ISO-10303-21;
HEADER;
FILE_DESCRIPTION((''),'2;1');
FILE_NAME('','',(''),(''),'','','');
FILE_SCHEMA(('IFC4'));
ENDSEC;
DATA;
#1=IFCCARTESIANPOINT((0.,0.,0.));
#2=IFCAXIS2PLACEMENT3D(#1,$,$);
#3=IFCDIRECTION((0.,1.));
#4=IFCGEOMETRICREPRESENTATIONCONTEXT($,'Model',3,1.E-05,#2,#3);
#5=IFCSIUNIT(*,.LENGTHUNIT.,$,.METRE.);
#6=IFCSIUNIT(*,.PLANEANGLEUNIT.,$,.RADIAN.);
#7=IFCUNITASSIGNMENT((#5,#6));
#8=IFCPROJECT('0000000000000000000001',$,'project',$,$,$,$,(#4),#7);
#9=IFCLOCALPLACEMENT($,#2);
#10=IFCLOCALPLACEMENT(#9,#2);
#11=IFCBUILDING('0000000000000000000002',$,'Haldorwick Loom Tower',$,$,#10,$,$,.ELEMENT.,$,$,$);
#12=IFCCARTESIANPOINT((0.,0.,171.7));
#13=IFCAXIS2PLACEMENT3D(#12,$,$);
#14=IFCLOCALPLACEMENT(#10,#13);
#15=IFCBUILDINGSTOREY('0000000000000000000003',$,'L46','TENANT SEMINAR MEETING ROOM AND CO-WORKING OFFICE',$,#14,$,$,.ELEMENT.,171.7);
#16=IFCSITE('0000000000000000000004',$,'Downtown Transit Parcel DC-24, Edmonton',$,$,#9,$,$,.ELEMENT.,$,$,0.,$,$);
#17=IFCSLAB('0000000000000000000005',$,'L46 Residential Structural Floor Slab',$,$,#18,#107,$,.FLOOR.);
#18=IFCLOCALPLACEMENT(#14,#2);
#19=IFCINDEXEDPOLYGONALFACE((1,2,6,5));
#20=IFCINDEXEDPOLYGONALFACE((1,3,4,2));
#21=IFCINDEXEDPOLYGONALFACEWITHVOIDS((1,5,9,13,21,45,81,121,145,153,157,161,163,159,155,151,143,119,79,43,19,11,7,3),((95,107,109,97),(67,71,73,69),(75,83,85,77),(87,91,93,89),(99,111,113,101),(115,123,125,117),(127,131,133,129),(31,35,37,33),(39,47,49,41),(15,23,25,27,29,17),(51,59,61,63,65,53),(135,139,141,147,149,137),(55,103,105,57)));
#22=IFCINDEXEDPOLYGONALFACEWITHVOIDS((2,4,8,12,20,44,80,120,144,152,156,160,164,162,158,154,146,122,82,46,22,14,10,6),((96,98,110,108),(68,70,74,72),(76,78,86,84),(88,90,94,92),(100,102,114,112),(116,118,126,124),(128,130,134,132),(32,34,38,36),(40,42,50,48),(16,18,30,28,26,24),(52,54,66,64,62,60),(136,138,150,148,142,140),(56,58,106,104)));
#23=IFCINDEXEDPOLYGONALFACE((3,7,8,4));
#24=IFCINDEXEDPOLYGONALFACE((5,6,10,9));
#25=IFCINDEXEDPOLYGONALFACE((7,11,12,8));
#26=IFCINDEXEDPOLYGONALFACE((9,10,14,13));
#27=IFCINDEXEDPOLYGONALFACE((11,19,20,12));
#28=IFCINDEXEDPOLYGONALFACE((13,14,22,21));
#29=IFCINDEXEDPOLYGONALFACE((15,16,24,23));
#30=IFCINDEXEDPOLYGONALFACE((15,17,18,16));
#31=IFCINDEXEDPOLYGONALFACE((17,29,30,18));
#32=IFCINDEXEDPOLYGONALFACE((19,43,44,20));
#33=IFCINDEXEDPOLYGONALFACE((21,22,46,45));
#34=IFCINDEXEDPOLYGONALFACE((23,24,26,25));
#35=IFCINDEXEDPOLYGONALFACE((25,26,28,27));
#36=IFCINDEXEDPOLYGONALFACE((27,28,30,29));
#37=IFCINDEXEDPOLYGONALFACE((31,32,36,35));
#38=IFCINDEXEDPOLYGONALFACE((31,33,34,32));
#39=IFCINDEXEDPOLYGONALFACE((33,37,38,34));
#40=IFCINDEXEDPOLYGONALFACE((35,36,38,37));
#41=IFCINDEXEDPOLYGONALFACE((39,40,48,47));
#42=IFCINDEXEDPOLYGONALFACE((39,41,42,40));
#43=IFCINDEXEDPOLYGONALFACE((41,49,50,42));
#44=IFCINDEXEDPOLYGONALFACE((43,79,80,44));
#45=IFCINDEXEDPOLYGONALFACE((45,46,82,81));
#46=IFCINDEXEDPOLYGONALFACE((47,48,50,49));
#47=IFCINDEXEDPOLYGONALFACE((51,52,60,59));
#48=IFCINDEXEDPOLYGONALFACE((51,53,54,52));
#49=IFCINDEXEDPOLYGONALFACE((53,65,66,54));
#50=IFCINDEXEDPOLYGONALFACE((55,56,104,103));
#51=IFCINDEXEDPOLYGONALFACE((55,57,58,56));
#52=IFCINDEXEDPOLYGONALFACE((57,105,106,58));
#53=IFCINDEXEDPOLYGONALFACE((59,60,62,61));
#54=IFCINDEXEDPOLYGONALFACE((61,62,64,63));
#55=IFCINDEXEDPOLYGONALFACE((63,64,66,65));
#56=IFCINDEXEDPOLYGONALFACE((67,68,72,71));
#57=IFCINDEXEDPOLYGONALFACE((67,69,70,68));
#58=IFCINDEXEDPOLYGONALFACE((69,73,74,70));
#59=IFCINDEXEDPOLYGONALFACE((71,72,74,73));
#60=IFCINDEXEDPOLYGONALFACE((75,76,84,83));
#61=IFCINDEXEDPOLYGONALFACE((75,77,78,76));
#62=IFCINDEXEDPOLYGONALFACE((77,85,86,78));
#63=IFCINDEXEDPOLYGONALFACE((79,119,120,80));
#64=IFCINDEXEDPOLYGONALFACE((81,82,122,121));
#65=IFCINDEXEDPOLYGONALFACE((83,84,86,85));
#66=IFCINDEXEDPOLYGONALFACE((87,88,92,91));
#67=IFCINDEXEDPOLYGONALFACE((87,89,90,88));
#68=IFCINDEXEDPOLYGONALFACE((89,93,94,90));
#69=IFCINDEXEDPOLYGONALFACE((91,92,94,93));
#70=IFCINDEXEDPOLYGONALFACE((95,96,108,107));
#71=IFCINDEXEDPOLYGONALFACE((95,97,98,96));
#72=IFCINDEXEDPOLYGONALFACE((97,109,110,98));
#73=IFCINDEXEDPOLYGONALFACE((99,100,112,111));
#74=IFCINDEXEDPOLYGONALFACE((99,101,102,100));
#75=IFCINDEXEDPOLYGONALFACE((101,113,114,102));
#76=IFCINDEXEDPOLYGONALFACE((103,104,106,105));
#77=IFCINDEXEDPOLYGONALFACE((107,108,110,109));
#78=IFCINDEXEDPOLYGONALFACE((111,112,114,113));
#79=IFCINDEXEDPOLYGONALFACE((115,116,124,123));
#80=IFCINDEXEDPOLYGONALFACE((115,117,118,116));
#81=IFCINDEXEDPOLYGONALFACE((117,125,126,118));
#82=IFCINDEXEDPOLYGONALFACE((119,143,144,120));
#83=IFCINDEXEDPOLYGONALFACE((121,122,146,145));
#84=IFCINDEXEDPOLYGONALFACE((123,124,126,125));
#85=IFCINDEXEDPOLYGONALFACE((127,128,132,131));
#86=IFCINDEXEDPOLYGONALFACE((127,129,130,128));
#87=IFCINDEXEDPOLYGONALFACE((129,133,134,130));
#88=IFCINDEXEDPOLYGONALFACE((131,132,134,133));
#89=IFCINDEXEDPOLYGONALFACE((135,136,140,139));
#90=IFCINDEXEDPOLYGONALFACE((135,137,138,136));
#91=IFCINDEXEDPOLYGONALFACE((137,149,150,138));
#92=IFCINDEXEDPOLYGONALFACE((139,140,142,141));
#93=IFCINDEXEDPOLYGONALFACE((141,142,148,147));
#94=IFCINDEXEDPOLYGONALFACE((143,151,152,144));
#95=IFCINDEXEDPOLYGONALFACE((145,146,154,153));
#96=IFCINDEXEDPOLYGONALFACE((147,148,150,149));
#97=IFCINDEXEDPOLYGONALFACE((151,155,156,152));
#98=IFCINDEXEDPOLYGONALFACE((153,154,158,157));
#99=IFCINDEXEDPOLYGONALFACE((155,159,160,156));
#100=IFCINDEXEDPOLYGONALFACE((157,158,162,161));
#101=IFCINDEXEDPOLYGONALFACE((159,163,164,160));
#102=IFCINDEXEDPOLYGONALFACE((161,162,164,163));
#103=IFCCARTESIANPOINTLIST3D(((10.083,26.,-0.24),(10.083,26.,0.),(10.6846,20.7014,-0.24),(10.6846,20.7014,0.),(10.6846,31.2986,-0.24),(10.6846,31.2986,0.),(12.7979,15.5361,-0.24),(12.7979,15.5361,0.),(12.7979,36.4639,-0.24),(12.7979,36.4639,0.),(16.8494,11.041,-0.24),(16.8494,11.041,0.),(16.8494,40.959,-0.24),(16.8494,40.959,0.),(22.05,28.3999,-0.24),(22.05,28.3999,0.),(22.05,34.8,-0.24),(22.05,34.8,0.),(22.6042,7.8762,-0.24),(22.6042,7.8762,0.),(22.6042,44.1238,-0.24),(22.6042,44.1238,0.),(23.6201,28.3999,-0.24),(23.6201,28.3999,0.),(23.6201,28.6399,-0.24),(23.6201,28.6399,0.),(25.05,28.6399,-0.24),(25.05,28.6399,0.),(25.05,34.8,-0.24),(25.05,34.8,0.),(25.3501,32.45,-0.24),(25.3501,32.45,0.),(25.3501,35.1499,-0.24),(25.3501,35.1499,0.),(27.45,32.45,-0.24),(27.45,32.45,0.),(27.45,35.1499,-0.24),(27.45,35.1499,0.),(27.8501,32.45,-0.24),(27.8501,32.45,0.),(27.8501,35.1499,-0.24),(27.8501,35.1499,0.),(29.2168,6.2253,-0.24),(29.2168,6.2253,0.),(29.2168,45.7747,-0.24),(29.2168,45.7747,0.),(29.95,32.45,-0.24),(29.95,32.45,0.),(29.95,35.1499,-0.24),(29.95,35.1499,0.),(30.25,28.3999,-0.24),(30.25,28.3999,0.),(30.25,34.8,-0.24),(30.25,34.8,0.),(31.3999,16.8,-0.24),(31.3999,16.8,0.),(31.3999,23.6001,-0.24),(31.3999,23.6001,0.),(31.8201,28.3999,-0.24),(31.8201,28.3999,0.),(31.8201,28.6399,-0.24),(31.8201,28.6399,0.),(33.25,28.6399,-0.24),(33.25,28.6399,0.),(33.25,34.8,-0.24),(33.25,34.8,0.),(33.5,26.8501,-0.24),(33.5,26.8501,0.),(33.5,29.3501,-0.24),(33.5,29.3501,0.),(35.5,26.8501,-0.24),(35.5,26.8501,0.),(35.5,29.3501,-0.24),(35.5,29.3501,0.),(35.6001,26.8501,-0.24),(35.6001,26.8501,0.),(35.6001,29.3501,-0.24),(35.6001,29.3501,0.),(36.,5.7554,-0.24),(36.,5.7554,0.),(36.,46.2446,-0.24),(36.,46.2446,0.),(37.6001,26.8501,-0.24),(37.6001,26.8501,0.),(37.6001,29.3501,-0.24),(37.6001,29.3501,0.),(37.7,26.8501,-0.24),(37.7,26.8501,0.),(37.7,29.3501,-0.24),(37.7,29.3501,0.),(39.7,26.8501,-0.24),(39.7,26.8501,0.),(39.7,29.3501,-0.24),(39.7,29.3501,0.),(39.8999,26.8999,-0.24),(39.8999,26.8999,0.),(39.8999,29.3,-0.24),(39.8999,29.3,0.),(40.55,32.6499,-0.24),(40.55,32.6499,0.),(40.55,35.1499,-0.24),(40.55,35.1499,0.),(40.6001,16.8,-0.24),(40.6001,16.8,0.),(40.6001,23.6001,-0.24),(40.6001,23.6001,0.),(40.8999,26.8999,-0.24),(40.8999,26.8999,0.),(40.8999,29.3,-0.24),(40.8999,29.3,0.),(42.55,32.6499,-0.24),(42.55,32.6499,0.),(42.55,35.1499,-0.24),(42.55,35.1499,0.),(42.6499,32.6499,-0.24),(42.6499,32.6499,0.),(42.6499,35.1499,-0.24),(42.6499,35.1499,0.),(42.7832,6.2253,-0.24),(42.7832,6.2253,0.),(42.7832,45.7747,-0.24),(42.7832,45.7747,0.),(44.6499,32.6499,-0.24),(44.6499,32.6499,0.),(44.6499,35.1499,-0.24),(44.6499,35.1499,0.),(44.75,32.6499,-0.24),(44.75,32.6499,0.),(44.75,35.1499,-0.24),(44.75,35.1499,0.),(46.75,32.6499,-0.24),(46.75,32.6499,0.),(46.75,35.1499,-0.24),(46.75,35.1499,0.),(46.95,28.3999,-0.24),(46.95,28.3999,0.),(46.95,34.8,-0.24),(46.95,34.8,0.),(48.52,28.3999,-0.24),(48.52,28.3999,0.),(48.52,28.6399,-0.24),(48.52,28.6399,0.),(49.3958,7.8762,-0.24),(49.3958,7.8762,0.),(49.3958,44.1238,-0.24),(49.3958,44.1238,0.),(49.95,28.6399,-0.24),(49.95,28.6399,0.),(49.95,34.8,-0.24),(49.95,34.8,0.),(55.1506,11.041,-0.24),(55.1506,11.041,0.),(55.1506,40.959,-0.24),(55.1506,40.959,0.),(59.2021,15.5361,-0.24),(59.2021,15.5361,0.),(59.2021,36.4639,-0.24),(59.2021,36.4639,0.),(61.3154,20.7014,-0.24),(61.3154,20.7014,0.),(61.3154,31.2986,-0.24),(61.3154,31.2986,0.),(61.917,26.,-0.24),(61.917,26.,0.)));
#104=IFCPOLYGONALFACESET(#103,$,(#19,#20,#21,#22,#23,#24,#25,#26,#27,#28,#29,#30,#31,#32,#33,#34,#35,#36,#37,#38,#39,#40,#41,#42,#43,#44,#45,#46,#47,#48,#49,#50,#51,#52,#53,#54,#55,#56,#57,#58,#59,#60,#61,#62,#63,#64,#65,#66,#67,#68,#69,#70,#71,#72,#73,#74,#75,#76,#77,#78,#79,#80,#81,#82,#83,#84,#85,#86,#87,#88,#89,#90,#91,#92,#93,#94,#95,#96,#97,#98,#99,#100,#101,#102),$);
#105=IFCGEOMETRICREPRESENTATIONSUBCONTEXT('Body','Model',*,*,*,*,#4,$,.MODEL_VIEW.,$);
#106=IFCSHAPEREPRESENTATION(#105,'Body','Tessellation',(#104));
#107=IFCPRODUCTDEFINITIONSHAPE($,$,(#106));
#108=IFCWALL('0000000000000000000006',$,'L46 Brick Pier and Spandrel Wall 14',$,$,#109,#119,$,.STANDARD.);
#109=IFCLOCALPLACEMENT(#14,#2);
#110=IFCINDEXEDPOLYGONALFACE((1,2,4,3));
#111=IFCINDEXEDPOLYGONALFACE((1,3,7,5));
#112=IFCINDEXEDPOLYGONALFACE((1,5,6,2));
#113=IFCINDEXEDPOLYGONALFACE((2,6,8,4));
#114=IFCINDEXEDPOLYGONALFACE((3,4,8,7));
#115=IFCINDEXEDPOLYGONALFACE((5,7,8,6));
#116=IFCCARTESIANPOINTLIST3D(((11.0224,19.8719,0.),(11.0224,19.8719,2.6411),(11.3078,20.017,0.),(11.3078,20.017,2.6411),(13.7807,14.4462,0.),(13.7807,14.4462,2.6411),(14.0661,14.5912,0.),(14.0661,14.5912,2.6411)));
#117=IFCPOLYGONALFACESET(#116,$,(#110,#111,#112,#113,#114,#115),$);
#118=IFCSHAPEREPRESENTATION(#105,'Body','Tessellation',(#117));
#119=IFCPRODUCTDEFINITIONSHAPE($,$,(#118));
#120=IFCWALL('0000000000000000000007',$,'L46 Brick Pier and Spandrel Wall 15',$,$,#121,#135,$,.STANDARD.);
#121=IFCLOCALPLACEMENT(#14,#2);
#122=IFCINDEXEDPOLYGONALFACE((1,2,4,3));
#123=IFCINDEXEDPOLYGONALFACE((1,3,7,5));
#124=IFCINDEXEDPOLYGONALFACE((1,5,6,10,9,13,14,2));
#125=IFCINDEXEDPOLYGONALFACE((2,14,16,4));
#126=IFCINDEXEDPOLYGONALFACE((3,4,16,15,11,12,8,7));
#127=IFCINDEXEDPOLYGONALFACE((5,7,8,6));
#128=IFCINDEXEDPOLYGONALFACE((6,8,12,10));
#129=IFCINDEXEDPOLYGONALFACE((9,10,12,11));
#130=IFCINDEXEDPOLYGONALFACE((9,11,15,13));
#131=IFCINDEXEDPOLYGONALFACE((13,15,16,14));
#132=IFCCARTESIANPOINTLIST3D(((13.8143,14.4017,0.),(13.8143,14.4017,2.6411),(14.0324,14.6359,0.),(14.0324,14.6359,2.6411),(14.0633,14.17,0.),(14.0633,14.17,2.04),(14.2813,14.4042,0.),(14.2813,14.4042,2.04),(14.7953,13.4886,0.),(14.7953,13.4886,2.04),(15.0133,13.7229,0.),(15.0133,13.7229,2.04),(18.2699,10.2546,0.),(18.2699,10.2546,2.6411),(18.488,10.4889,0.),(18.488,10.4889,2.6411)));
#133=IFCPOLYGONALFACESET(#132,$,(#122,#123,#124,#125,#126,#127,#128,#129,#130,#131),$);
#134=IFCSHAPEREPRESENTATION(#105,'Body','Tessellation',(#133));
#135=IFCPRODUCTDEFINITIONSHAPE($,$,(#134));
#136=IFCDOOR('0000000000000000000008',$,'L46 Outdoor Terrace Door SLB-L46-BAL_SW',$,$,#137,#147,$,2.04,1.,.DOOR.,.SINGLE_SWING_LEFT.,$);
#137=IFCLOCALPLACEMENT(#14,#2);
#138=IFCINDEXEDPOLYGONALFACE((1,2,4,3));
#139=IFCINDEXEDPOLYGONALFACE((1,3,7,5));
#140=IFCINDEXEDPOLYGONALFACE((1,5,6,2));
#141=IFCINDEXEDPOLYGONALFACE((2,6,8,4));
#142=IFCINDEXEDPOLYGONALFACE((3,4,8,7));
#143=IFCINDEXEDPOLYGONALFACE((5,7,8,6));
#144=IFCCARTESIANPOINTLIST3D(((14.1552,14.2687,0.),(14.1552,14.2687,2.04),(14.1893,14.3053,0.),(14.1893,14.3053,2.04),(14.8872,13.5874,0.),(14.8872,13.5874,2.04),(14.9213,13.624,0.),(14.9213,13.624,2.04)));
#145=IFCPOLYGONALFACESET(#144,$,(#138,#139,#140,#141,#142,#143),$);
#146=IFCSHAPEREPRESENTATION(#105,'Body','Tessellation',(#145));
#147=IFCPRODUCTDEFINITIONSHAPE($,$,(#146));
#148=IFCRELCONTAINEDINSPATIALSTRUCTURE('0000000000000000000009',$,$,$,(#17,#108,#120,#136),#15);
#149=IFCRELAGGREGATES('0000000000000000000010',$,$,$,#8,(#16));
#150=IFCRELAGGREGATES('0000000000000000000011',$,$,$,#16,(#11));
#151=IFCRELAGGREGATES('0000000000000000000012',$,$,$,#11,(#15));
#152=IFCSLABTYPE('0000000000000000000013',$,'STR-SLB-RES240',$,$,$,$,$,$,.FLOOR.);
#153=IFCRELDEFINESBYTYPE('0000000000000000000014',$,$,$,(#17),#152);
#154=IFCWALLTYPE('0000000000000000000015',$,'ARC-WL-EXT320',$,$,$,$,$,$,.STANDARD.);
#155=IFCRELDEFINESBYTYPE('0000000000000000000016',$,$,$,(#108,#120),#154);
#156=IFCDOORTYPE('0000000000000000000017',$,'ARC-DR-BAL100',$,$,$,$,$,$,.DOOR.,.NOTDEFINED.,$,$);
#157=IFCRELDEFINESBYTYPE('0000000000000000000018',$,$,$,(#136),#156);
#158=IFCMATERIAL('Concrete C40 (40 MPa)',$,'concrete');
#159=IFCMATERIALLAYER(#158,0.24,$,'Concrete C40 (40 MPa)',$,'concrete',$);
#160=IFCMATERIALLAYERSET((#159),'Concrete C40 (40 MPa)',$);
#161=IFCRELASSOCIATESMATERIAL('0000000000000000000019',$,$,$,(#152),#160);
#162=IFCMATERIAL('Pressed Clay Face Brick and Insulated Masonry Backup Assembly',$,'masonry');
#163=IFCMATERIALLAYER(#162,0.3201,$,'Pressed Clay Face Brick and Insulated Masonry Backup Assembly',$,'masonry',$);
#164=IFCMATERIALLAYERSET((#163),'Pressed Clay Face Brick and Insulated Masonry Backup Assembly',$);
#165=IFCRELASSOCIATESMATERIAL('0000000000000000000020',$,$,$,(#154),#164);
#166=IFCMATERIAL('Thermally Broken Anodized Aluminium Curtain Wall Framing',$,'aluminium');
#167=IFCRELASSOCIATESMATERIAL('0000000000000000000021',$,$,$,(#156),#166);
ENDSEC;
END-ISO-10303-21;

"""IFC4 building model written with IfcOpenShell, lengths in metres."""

from ifc_helpers import new_model, si_unit, direction, frame, frame_2d, origin, place, context, subcontext, project, spatial, polyline, rectangle, outline, extrude, material, layer, layer_set, type_object, element, fill, save


model = new_model("IFC4")

# Units and contexts
model_context = context("Model", 3, precision=1e-05, world=origin(), true_north=direction((0.0, 1.0)))
body_context = subcontext(model_context, "Body", "Model", "MODEL_VIEW")
ifc_project = project(units=[si_unit("LENGTHUNIT", "METRE"), si_unit("PLANEANGLEUNIT", "RADIAN")], contexts=[model_context])

# Site, building, storey
site_placement = place(None, origin())
site = spatial("IfcSite", under=ifc_project, at=site_placement, Name="Downtown Transit Parcel DC-24, Edmonton", CompositionType="ELEMENT", RefElevation=0.0)
building_placement = place(site_placement, origin())
building = spatial("IfcBuilding", under=site, at=building_placement, Name="Haldorwick Loom Tower", CompositionType="ELEMENT")
storey_placement = place(building_placement, frame((0.0, 0.0, 171.7)))
storey = spatial("IfcBuildingStorey", under=building, at=storey_placement, Name="L46", Description="TENANT SEMINAR MEETING ROOM AND CO-WORKING OFFICE", CompositionType="ELEMENT", Elevation=171.7)

# Shared definitions
ifc_material_1 = material(Name="Concrete C40 (40 MPa)", Category="concrete")

# Slab
ifc_layer_1 = layer(ifc_material_1, 0.24, Name="Concrete C40 (40 MPa)", Category="concrete")
ifc_layer_set_1 = layer_set([ifc_layer_1], Name="Concrete C40 (40 MPa)")
slab_type_1 = type_object("IfcSlabType", Name="STR-SLB-RES240", PredefinedType="FLOOR", material=ifc_layer_set_1)
slab_1_placement = place(storey_placement, frame((0.0, 0.0, -0.24)))
element("IfcSlab", 1, at=slab_1_placement, inside=storey, type_object=slab_type_1, Name="L46 Residential Structural Floor Slab", PredefinedType="FLOOR", context=body_context, shape_type="SweptSolid", body=[
    extrude(outline(polyline([(55.1506, 11.041), (59.2021, 15.5361), (61.3154, 20.7014), (61.917, 26.0), (61.3154, 31.2986), (59.2021, 36.4639), (55.1506, 40.959), (49.3958, 44.1238), (42.7832, 45.7747), (36.0, 46.2446), (29.2168, 45.7747), (22.6042, 44.1238), (16.8494, 40.959), (12.7979, 36.4639), (10.6846, 31.2986), (10.083, 26.0), (10.6846, 20.7014), (12.7979, 15.5361), (16.8494, 11.041), (22.6042, 7.8762), (29.2168, 6.2253), (36.0, 5.7554), (42.7832, 6.2253), (49.3958, 7.8762), (55.1506, 11.041)]), holes=[polyline([(31.3999, 16.8), (31.3999, 23.6001), (40.6001, 23.6001), (40.6001, 16.8), (31.3999, 16.8)]), polyline([(33.5, 26.8501), (33.5, 29.3501), (35.5, 29.3501), (35.5, 26.8501), (33.5, 26.8501)]), polyline([(35.6001, 26.8501), (35.6001, 29.3501), (37.6001, 29.3501), (37.6001, 26.8501), (35.6001, 26.8501)]), polyline([(23.6201, 28.3999), (22.05, 28.3999), (22.05, 34.8), (25.05, 34.8), (25.05, 28.6399), (23.6201, 28.6399), (23.6201, 28.3999)]), polyline([(30.25, 28.3999), (30.25, 34.8), (33.25, 34.8), (33.25, 28.6399), (31.8201, 28.6399), (31.8201, 28.3999), (30.25, 28.3999)]), polyline([(25.3501, 32.45), (25.3501, 35.1499), (27.45, 35.1499), (27.45, 32.45), (25.3501, 32.45)]), polyline([(29.95, 32.45), (27.8501, 32.45), (27.8501, 35.1499), (29.95, 35.1499), (29.95, 32.45)]), polyline([(37.7, 26.8501), (37.7, 29.3501), (39.7, 29.3501), (39.7, 26.8501), (37.7, 26.8501)]), polyline([(39.8999, 26.8999), (39.8999, 29.3), (40.8999, 29.3), (40.8999, 26.8999), (39.8999, 26.8999)]), polyline([(46.95, 28.3999), (46.95, 34.8), (49.95, 34.8), (49.95, 28.6399), (48.52, 28.6399), (48.52, 28.3999), (46.95, 28.3999)]), polyline([(40.55, 32.6499), (40.55, 35.1499), (42.55, 35.1499), (42.55, 32.6499), (40.55, 32.6499)]), polyline([(42.6499, 32.6499), (42.6499, 35.1499), (44.6499, 35.1499), (44.6499, 32.6499), (42.6499, 32.6499)]), polyline([(44.75, 32.6499), (44.75, 35.1499), (46.75, 35.1499), (46.75, 32.6499), (44.75, 32.6499)])]), origin(), (0.0, 0.0, 1.0), 0.24),
])

# Wall
ifc_material_2 = material(Name="Pressed Clay Face Brick and Insulated Masonry Backup Assembly", Category="masonry")
ifc_layer_2 = layer(ifc_material_2, 0.3201, Name="Pressed Clay Face Brick and Insulated Masonry Backup Assembly", Category="masonry")
ifc_layer_set_2 = layer_set([ifc_layer_2], Name="Pressed Clay Face Brick and Insulated Masonry Backup Assembly")
wall_type_1 = type_object("IfcWallType", Name="ARC-WL-EXT320", PredefinedType="STANDARD", material=ifc_layer_set_2)
wall_1_placement = place(storey_placement, frame((11.165, 19.9446, 0.0), z_axis=(0.0, 0.0, 1.0), x_axis=(0.453172, -0.891423, 0.0)))
element("IfcWall", 2, at=wall_1_placement, inside=storey, type_object=wall_type_1, Name="L46 Brick Pier and Spandrel Wall 14", PredefinedType="STANDARD", context=body_context, shape_type="SweptSolid", body=[
    extrude(rectangle(XDim=6.0867, YDim=0.3201, at=frame_2d((3.0435, 0.0))), origin(), (0.0, 0.0, 1.0), 2.6411),
])

# Wall, opening, door
wall_2_placement = place(storey_placement, frame((13.9233, 14.5188, 0.0), z_axis=(0.0, 0.0, 1.0), x_axis=(0.732002, -0.681303, 0.0)))
wall_2 = element("IfcWall", 3, at=wall_2_placement, inside=storey, type_object=wall_type_1, Name="L46 Brick Pier and Spandrel Wall 15", PredefinedType="STANDARD", context=body_context, shape_type="SweptSolid", body=[
    extrude(rectangle(XDim=6.0869, YDim=0.3201, at=frame_2d((3.0435, 0.0))), origin(), (0.0, 0.0, 1.0), 2.6411),
])
opening_1_placement = place(wall_2_placement, frame((0.3401, 0.0, 0.0)))
opening_1 = element("IfcOpeningElement", 4, at=opening_1_placement, cuts=wall_2, PredefinedType="OPENING", context=body_context, shape_type="SweptSolid", body=[
    extrude(rectangle(XDim=1.0, YDim=2.04, at=frame_2d((0.5, 1.02))), frame((0.0, 0.1699, 0.0), z_axis=(0.0, -1.0, 0.0), x_axis=(1.0, 0.0, 0.0)), (0.0, 0.0, 1.0), 0.3401),
])
ifc_material_3 = material(Name="Thermally Broken Anodized Aluminium Curtain Wall Framing", Category="aluminium")
door_type = type_object("IfcDoorType", Name="ARC-DR-BAL100", OperationType="NOTDEFINED", PredefinedType="DOOR", material=ifc_material_3)
door_placement = place(opening_1_placement, origin())
door = element("IfcDoor", 5, at=door_placement, inside=storey, type_object=door_type, Name="L46 Outdoor Terrace Door SLB-L46-BAL_SW", OperationType="SINGLE_SWING_LEFT", OverallHeight=2.04, OverallWidth=1.0, PredefinedType="DOOR", context=body_context, shape_type="SweptSolid", body=[
    extrude(rectangle(XDim=1.0, YDim=2.04, at=frame_2d((0.5, 1.02))), frame((0.0, 0.0249, 0.0), z_axis=(0.0, -1.0, 0.0), x_axis=(1.0, 0.0, 0.0)), (0.0, 0.0, 1.0), 0.05),
])
fill(opening_1, door)

save(model, "model.ifc")
